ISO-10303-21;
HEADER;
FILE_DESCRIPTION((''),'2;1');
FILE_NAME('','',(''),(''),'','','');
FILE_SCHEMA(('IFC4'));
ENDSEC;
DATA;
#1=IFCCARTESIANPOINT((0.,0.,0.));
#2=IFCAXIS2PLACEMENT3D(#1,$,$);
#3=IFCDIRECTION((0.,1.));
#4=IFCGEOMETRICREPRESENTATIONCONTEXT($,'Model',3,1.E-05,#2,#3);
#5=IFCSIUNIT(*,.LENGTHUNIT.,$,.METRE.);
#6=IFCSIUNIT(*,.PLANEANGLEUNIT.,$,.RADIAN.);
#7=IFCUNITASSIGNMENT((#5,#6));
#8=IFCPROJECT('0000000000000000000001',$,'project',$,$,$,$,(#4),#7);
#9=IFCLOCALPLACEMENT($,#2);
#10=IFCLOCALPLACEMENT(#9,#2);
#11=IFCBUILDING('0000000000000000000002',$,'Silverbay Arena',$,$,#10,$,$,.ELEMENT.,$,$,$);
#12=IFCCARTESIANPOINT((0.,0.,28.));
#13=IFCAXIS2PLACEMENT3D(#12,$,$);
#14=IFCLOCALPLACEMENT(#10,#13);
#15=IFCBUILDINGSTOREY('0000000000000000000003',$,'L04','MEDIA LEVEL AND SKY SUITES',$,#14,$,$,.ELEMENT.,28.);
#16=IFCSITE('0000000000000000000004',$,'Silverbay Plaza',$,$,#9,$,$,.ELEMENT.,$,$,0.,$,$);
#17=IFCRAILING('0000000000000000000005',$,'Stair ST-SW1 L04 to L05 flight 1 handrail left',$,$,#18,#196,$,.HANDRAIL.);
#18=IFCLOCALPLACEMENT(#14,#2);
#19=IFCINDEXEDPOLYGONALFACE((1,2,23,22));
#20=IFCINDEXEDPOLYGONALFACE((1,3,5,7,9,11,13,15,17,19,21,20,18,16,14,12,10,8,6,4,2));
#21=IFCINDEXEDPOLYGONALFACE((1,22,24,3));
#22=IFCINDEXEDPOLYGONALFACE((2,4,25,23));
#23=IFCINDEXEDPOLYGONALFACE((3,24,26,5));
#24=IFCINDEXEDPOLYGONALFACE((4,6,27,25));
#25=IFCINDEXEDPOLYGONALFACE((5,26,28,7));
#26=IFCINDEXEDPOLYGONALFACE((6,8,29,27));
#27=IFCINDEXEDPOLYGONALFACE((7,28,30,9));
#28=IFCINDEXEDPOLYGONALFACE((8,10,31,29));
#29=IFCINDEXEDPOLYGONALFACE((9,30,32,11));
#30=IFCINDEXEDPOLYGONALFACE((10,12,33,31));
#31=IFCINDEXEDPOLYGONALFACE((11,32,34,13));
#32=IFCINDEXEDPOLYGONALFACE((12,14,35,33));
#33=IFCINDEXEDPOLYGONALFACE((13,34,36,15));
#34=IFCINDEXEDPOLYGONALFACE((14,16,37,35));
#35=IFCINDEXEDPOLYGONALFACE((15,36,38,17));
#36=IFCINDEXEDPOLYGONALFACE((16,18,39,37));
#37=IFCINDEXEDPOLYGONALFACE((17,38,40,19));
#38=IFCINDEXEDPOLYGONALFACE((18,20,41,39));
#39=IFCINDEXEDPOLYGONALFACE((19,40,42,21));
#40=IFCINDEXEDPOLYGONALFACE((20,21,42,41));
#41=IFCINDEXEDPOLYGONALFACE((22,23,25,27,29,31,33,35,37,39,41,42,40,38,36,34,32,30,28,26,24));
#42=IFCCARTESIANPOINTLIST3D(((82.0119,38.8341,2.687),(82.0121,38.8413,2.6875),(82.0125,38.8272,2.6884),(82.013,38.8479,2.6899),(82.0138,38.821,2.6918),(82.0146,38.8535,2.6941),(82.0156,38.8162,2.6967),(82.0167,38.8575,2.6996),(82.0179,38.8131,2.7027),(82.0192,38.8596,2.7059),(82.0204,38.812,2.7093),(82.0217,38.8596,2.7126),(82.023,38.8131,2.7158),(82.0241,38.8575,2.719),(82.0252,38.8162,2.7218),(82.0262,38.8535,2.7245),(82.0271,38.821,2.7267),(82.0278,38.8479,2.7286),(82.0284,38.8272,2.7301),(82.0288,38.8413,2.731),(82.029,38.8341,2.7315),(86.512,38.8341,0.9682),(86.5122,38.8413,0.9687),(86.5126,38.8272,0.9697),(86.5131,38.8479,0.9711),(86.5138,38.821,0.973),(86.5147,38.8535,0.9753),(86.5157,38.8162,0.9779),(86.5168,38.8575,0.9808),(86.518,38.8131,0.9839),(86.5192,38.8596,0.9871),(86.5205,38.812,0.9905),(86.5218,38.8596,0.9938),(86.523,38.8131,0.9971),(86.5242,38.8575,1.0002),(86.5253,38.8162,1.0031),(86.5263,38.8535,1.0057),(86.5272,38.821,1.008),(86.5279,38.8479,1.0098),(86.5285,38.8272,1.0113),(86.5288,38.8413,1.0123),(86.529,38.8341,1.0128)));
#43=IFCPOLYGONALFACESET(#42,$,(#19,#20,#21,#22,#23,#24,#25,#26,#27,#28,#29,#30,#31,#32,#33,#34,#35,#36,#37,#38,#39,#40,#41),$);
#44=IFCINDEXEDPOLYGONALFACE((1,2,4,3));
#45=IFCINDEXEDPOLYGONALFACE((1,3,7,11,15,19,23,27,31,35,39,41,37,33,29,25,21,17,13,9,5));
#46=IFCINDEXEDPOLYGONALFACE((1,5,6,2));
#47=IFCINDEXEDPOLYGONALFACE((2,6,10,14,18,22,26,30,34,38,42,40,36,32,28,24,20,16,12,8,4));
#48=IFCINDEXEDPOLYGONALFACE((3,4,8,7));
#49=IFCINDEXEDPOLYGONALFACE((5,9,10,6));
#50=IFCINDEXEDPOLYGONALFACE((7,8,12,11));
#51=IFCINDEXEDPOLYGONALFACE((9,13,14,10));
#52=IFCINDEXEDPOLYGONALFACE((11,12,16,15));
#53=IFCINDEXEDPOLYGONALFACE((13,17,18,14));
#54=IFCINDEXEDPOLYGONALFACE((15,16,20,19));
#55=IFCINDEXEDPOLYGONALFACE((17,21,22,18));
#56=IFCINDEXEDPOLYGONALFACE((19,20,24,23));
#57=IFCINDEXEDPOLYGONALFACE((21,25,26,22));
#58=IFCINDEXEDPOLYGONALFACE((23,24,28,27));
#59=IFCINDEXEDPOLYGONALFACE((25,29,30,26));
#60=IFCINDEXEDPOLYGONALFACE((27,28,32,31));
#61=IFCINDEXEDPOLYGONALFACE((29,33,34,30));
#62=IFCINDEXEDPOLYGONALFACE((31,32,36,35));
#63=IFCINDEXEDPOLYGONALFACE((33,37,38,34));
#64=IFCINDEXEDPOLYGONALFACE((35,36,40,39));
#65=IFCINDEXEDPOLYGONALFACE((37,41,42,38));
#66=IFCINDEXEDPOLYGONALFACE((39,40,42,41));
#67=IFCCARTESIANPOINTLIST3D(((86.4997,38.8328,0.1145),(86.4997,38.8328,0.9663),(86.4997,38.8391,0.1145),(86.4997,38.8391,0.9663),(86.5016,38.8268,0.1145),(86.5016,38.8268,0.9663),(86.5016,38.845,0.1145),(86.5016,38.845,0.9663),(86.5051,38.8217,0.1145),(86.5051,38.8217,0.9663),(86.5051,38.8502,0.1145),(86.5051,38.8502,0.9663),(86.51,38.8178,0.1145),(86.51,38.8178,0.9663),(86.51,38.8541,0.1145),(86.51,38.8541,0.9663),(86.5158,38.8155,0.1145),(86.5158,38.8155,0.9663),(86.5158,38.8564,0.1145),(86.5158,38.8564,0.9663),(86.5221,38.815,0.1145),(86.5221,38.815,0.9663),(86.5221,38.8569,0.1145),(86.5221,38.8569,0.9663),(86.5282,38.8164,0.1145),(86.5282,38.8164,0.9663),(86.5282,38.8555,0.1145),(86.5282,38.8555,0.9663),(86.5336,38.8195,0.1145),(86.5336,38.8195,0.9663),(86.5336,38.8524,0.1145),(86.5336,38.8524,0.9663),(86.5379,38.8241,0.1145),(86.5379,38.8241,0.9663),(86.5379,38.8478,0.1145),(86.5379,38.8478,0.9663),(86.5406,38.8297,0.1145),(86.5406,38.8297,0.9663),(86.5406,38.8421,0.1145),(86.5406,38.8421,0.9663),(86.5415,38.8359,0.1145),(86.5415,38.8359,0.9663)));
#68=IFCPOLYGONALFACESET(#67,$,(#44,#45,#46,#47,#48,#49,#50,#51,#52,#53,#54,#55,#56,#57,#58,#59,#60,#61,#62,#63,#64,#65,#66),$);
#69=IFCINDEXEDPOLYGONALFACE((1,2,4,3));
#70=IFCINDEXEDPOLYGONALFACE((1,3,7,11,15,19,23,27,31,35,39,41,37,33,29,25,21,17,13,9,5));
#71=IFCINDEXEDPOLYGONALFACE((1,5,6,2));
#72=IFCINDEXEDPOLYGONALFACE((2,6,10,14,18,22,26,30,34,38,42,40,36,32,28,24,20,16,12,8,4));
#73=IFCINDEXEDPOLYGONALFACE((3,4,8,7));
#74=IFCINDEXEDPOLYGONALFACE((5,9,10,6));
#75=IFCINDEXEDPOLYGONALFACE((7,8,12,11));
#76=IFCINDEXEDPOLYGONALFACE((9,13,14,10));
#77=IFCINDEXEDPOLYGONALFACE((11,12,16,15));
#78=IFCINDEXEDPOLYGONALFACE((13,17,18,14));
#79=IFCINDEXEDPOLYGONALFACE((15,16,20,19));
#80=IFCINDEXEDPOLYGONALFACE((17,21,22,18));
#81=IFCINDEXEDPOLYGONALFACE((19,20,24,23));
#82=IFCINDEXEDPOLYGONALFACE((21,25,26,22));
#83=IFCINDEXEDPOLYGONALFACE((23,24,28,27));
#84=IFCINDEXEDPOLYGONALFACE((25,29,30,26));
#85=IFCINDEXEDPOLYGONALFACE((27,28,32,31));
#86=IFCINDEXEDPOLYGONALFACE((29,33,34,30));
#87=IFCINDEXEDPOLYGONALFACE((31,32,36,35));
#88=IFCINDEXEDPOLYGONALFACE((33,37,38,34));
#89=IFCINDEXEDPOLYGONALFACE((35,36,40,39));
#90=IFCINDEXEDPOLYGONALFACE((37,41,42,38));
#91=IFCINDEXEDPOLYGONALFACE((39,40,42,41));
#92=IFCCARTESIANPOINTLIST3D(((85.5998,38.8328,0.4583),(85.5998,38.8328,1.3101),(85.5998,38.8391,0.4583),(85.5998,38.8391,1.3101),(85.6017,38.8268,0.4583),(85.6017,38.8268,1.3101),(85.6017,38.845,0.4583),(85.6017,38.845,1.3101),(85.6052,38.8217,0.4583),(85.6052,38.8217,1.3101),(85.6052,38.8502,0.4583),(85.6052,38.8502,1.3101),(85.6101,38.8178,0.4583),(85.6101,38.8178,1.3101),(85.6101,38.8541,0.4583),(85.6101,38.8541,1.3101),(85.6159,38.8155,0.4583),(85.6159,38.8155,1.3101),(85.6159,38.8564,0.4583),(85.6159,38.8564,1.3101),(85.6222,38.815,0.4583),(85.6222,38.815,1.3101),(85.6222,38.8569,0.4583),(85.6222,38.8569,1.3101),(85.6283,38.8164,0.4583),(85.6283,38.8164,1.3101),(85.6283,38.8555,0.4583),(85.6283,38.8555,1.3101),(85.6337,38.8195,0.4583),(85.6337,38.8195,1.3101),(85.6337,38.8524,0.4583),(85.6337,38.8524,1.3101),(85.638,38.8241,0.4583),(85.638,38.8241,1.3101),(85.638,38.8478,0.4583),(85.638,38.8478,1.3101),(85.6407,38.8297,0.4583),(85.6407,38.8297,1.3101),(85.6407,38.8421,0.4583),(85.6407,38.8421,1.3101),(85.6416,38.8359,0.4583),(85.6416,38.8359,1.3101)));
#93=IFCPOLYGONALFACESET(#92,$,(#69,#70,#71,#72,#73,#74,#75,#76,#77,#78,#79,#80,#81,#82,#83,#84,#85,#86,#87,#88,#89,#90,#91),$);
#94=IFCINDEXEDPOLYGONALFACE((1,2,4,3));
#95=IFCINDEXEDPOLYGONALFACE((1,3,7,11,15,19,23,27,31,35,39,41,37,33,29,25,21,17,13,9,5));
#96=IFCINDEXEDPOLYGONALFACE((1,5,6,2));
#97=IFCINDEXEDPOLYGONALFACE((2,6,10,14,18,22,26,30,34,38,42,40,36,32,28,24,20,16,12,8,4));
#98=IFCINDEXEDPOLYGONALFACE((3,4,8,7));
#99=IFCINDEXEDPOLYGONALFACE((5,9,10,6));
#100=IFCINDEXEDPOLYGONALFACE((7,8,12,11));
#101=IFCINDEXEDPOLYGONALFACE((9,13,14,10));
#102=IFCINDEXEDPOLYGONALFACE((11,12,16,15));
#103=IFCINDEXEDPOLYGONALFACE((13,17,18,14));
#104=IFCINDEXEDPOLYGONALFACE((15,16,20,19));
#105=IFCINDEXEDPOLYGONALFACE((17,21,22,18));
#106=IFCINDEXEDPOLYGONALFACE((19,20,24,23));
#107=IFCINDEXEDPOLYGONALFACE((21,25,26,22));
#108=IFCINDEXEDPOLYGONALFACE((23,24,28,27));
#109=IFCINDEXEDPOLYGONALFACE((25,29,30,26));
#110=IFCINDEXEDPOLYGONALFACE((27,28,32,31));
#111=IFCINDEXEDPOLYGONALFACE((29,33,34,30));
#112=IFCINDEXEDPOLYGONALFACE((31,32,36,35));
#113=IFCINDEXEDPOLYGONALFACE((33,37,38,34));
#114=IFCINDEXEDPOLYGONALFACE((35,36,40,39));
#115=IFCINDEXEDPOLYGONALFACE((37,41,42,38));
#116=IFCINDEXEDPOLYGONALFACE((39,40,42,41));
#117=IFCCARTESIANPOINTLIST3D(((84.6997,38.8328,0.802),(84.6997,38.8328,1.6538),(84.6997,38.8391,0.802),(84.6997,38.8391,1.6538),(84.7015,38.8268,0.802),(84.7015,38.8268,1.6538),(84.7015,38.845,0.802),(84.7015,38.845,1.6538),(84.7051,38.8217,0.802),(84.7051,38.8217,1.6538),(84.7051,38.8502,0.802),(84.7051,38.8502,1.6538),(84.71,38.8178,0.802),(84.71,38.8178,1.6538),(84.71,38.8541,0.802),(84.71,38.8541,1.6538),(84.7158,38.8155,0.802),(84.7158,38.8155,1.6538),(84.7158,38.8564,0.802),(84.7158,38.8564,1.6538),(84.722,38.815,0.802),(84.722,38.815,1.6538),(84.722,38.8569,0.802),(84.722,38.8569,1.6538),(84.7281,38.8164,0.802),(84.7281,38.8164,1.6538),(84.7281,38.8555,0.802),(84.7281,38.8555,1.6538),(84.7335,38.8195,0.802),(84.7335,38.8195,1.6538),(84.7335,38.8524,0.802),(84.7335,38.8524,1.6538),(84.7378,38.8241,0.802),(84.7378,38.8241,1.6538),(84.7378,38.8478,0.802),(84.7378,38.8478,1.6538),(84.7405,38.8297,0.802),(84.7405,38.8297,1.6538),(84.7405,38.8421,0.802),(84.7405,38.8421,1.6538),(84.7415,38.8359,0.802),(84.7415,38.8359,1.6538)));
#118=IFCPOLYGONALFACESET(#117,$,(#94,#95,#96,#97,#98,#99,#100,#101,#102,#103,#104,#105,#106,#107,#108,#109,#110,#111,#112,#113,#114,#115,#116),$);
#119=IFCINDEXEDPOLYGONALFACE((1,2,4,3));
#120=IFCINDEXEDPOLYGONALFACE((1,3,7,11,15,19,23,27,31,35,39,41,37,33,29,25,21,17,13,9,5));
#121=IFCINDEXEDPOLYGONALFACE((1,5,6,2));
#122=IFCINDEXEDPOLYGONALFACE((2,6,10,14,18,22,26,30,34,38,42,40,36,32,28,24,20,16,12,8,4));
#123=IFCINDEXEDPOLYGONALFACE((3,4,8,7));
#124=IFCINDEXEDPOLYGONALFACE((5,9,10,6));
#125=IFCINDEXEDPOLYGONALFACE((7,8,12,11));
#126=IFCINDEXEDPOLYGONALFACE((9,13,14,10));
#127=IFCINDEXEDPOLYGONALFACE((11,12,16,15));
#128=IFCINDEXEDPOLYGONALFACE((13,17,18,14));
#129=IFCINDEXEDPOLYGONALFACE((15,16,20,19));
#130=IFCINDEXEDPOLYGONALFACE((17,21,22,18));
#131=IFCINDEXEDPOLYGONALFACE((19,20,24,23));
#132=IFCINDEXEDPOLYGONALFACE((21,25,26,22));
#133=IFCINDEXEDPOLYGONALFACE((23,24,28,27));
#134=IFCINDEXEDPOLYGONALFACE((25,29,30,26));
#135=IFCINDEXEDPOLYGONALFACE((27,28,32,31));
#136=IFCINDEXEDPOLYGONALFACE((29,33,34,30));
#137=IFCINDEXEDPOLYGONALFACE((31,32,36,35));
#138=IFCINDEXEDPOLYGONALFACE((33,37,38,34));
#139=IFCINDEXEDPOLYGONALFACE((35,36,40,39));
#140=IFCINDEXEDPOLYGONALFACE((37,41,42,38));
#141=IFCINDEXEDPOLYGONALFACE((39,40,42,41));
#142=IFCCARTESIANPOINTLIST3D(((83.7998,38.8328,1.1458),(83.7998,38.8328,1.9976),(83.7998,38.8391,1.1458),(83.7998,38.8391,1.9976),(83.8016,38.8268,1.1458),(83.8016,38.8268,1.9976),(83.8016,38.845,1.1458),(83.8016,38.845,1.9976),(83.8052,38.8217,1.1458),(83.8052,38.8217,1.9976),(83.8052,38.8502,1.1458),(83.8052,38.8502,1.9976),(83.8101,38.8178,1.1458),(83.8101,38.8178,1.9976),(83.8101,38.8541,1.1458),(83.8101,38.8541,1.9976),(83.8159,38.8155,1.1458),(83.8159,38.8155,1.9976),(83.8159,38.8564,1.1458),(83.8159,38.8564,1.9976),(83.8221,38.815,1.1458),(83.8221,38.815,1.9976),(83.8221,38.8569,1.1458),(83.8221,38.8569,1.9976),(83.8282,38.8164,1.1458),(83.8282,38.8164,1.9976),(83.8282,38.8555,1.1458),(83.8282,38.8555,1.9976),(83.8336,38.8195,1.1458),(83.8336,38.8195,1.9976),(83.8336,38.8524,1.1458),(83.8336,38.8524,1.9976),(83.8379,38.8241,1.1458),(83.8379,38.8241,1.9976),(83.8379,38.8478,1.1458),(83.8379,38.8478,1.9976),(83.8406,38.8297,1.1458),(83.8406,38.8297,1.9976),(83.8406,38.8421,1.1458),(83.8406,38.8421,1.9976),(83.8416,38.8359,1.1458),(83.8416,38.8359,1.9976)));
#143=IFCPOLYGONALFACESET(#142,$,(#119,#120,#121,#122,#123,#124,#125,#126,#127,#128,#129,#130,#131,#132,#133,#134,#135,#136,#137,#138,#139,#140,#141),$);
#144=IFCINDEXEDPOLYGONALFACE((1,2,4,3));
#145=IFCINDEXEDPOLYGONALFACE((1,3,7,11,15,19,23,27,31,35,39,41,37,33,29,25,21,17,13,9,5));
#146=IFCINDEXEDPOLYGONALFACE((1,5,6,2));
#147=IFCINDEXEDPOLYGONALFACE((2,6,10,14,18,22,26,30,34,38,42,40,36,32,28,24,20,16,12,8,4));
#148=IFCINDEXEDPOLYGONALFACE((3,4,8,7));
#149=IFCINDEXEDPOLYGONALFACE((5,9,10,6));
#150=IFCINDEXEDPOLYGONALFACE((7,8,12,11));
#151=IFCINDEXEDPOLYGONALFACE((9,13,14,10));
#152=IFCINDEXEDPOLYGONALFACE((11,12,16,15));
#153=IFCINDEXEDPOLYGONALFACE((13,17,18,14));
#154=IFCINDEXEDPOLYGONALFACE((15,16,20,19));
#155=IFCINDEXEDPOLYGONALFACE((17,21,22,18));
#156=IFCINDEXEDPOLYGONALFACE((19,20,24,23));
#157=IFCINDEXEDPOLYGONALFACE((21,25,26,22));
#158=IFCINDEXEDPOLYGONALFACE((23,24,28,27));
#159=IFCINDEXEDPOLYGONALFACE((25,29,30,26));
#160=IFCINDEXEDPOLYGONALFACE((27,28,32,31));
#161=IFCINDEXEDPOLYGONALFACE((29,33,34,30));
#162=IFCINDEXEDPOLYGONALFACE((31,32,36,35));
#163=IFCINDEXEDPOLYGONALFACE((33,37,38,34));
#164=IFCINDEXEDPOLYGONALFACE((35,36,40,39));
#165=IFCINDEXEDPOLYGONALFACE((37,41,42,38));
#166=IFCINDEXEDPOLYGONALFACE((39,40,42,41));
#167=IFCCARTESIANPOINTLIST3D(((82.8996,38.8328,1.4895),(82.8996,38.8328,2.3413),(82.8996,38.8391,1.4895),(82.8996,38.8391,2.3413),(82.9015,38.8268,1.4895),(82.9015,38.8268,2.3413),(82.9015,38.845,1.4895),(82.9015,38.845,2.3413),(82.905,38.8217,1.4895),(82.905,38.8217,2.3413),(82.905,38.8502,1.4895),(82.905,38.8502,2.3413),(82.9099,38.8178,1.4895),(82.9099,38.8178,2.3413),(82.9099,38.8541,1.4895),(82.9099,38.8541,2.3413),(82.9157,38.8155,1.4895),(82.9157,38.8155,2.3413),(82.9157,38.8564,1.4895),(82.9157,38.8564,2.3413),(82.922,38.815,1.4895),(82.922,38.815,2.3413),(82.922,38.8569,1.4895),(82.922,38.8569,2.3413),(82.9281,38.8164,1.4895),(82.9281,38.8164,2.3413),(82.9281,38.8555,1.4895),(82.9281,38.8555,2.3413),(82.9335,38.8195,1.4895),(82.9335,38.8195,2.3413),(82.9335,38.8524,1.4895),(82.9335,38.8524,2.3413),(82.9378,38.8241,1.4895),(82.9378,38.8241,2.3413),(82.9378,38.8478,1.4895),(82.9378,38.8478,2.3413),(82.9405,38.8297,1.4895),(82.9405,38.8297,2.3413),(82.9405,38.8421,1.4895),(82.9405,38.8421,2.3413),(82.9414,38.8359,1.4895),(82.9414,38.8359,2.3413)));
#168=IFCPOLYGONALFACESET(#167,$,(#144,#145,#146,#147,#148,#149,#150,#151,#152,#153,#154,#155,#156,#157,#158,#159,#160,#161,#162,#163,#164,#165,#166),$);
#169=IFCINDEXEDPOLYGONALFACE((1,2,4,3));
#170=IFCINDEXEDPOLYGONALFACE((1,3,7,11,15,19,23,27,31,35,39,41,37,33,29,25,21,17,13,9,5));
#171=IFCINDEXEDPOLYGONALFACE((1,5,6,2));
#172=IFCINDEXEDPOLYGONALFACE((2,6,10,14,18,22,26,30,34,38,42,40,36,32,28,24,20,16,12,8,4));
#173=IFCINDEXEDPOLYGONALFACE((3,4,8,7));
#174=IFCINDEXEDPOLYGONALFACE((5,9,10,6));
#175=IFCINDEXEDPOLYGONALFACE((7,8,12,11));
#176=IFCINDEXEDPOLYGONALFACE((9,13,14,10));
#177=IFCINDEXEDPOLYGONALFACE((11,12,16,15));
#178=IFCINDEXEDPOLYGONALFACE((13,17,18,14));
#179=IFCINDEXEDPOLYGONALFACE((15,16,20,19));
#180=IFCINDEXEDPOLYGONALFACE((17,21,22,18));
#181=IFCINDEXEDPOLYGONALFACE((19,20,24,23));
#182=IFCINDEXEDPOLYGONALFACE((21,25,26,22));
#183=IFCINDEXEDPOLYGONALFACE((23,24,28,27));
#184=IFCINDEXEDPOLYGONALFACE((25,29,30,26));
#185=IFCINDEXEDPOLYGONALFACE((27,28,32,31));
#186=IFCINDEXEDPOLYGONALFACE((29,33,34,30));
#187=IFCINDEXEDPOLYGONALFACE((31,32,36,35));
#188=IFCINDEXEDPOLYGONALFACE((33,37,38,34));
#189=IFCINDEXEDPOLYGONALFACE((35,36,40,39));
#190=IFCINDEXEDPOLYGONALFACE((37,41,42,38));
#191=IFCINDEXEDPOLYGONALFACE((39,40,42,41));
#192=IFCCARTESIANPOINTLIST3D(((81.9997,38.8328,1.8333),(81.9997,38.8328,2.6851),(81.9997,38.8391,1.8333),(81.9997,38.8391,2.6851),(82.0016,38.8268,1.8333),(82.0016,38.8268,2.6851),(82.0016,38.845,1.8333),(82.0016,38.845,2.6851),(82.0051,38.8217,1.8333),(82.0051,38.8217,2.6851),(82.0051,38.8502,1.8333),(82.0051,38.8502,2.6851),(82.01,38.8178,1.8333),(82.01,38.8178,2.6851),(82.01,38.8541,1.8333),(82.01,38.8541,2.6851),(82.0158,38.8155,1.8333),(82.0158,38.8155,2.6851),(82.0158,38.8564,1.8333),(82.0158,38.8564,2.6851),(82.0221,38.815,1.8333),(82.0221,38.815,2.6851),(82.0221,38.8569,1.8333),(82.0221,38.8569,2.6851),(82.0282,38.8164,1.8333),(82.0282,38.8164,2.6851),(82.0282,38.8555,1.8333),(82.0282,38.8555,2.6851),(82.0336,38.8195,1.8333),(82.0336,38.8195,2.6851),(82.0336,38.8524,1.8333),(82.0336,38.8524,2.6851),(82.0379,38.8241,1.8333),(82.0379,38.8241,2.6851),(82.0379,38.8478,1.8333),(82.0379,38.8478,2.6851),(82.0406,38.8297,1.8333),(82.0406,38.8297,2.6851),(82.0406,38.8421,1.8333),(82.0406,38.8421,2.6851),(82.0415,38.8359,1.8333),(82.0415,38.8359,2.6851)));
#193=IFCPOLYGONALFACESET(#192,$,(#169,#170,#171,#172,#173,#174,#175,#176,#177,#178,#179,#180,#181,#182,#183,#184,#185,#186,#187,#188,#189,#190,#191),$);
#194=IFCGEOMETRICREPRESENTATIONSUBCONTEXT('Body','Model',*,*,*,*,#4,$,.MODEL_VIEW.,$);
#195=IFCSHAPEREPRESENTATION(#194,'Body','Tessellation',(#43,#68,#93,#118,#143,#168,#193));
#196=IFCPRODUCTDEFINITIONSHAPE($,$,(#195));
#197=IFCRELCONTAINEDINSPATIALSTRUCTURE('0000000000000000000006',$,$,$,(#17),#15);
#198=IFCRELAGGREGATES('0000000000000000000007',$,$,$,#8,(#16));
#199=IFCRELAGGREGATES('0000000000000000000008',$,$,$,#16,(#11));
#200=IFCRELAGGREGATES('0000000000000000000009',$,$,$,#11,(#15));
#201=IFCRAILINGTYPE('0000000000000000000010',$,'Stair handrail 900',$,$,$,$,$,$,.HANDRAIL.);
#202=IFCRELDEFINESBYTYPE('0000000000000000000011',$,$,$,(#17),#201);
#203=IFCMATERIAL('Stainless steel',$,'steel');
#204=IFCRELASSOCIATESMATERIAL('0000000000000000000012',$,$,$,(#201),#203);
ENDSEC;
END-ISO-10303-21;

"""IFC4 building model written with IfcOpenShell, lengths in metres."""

from ifc_helpers import new_model, si_unit, direction, frame, origin, origin_2d, place, context, subcontext, project, spatial, circle, extrude, material, type_object, element, save


model = new_model("IFC4")

# Units and contexts
model_context = context("Model", 3, precision=1e-05, world=origin(), true_north=direction((0.0, 1.0)))
body_context = subcontext(model_context, "Body", "Model", "MODEL_VIEW")
ifc_project = project(units=[si_unit("LENGTHUNIT", "METRE"), si_unit("PLANEANGLEUNIT", "RADIAN")], contexts=[model_context])

# Site, building, storey
site_placement = place(None, origin())
site = spatial("IfcSite", under=ifc_project, at=site_placement, Name="Silverbay Plaza", CompositionType="ELEMENT", RefElevation=0.0)
building_placement = place(site_placement, origin())
building = spatial("IfcBuilding", under=site, at=building_placement, Name="Silverbay Arena", CompositionType="ELEMENT")
storey_placement = place(building_placement, frame((0.0, 0.0, 28.0)))
storey = spatial("IfcBuildingStorey", under=building, at=storey_placement, Name="L04", Description="MEDIA LEVEL AND SKY SUITES", CompositionType="ELEMENT", Elevation=28.0)

# Railing
ifc_material_1 = material(Name="Stainless steel", Category="steel")
railing_type_1 = type_object("IfcRailingType", Name="Stair handrail 900", PredefinedType="HANDRAIL", material=ifc_material_1)
for number, where, name in (
    (1, (86.5205, 38.8359, 0.1145), "Stair ST-SW1 L04 to L05 flight 1 handrail left"),
):
    element("IfcRailing", number, at=place(storey_placement, frame(where)), inside=storey, type_object=railing_type_1, Name=name, PredefinedType="HANDRAIL", context=body_context, shape_type="SweptSolid", body=[
        extrude(circle(Radius=0.0239, at=origin_2d()), frame((0.0, 0.0, 0.876), z_axis=(-0.934179, 0.0, 0.356805), x_axis=(0.0, -1.0, 0.0)), (0.0, 0.0, 1.0), 4.8171),
        extrude(circle(Radius=0.021, at=origin_2d()), origin(), (0.0, 0.0, 1.0), 0.8518),
        extrude(circle(Radius=0.021, at=origin_2d()), frame((-0.8999, 0.0, 0.3438)), (0.0, 0.0, 1.0), 0.8518),
        extrude(circle(Radius=0.021, at=origin_2d()), frame((-1.8, 0.0, 0.6875)), (0.0, 0.0, 1.0), 0.8518),
        extrude(circle(Radius=0.021, at=origin_2d()), frame((-2.7, 0.0, 1.0312)), (0.0, 0.0, 1.0), 0.8518),
        extrude(circle(Radius=0.021, at=origin_2d()), frame((-3.6001, 0.0, 1.375)), (0.0, 0.0, 1.0), 0.8518),
        extrude(circle(Radius=0.021, at=origin_2d()), frame((-4.5, 0.0, 1.7188)), (0.0, 0.0, 1.0), 0.8518),
    ])

save(model, "model.ifc")
